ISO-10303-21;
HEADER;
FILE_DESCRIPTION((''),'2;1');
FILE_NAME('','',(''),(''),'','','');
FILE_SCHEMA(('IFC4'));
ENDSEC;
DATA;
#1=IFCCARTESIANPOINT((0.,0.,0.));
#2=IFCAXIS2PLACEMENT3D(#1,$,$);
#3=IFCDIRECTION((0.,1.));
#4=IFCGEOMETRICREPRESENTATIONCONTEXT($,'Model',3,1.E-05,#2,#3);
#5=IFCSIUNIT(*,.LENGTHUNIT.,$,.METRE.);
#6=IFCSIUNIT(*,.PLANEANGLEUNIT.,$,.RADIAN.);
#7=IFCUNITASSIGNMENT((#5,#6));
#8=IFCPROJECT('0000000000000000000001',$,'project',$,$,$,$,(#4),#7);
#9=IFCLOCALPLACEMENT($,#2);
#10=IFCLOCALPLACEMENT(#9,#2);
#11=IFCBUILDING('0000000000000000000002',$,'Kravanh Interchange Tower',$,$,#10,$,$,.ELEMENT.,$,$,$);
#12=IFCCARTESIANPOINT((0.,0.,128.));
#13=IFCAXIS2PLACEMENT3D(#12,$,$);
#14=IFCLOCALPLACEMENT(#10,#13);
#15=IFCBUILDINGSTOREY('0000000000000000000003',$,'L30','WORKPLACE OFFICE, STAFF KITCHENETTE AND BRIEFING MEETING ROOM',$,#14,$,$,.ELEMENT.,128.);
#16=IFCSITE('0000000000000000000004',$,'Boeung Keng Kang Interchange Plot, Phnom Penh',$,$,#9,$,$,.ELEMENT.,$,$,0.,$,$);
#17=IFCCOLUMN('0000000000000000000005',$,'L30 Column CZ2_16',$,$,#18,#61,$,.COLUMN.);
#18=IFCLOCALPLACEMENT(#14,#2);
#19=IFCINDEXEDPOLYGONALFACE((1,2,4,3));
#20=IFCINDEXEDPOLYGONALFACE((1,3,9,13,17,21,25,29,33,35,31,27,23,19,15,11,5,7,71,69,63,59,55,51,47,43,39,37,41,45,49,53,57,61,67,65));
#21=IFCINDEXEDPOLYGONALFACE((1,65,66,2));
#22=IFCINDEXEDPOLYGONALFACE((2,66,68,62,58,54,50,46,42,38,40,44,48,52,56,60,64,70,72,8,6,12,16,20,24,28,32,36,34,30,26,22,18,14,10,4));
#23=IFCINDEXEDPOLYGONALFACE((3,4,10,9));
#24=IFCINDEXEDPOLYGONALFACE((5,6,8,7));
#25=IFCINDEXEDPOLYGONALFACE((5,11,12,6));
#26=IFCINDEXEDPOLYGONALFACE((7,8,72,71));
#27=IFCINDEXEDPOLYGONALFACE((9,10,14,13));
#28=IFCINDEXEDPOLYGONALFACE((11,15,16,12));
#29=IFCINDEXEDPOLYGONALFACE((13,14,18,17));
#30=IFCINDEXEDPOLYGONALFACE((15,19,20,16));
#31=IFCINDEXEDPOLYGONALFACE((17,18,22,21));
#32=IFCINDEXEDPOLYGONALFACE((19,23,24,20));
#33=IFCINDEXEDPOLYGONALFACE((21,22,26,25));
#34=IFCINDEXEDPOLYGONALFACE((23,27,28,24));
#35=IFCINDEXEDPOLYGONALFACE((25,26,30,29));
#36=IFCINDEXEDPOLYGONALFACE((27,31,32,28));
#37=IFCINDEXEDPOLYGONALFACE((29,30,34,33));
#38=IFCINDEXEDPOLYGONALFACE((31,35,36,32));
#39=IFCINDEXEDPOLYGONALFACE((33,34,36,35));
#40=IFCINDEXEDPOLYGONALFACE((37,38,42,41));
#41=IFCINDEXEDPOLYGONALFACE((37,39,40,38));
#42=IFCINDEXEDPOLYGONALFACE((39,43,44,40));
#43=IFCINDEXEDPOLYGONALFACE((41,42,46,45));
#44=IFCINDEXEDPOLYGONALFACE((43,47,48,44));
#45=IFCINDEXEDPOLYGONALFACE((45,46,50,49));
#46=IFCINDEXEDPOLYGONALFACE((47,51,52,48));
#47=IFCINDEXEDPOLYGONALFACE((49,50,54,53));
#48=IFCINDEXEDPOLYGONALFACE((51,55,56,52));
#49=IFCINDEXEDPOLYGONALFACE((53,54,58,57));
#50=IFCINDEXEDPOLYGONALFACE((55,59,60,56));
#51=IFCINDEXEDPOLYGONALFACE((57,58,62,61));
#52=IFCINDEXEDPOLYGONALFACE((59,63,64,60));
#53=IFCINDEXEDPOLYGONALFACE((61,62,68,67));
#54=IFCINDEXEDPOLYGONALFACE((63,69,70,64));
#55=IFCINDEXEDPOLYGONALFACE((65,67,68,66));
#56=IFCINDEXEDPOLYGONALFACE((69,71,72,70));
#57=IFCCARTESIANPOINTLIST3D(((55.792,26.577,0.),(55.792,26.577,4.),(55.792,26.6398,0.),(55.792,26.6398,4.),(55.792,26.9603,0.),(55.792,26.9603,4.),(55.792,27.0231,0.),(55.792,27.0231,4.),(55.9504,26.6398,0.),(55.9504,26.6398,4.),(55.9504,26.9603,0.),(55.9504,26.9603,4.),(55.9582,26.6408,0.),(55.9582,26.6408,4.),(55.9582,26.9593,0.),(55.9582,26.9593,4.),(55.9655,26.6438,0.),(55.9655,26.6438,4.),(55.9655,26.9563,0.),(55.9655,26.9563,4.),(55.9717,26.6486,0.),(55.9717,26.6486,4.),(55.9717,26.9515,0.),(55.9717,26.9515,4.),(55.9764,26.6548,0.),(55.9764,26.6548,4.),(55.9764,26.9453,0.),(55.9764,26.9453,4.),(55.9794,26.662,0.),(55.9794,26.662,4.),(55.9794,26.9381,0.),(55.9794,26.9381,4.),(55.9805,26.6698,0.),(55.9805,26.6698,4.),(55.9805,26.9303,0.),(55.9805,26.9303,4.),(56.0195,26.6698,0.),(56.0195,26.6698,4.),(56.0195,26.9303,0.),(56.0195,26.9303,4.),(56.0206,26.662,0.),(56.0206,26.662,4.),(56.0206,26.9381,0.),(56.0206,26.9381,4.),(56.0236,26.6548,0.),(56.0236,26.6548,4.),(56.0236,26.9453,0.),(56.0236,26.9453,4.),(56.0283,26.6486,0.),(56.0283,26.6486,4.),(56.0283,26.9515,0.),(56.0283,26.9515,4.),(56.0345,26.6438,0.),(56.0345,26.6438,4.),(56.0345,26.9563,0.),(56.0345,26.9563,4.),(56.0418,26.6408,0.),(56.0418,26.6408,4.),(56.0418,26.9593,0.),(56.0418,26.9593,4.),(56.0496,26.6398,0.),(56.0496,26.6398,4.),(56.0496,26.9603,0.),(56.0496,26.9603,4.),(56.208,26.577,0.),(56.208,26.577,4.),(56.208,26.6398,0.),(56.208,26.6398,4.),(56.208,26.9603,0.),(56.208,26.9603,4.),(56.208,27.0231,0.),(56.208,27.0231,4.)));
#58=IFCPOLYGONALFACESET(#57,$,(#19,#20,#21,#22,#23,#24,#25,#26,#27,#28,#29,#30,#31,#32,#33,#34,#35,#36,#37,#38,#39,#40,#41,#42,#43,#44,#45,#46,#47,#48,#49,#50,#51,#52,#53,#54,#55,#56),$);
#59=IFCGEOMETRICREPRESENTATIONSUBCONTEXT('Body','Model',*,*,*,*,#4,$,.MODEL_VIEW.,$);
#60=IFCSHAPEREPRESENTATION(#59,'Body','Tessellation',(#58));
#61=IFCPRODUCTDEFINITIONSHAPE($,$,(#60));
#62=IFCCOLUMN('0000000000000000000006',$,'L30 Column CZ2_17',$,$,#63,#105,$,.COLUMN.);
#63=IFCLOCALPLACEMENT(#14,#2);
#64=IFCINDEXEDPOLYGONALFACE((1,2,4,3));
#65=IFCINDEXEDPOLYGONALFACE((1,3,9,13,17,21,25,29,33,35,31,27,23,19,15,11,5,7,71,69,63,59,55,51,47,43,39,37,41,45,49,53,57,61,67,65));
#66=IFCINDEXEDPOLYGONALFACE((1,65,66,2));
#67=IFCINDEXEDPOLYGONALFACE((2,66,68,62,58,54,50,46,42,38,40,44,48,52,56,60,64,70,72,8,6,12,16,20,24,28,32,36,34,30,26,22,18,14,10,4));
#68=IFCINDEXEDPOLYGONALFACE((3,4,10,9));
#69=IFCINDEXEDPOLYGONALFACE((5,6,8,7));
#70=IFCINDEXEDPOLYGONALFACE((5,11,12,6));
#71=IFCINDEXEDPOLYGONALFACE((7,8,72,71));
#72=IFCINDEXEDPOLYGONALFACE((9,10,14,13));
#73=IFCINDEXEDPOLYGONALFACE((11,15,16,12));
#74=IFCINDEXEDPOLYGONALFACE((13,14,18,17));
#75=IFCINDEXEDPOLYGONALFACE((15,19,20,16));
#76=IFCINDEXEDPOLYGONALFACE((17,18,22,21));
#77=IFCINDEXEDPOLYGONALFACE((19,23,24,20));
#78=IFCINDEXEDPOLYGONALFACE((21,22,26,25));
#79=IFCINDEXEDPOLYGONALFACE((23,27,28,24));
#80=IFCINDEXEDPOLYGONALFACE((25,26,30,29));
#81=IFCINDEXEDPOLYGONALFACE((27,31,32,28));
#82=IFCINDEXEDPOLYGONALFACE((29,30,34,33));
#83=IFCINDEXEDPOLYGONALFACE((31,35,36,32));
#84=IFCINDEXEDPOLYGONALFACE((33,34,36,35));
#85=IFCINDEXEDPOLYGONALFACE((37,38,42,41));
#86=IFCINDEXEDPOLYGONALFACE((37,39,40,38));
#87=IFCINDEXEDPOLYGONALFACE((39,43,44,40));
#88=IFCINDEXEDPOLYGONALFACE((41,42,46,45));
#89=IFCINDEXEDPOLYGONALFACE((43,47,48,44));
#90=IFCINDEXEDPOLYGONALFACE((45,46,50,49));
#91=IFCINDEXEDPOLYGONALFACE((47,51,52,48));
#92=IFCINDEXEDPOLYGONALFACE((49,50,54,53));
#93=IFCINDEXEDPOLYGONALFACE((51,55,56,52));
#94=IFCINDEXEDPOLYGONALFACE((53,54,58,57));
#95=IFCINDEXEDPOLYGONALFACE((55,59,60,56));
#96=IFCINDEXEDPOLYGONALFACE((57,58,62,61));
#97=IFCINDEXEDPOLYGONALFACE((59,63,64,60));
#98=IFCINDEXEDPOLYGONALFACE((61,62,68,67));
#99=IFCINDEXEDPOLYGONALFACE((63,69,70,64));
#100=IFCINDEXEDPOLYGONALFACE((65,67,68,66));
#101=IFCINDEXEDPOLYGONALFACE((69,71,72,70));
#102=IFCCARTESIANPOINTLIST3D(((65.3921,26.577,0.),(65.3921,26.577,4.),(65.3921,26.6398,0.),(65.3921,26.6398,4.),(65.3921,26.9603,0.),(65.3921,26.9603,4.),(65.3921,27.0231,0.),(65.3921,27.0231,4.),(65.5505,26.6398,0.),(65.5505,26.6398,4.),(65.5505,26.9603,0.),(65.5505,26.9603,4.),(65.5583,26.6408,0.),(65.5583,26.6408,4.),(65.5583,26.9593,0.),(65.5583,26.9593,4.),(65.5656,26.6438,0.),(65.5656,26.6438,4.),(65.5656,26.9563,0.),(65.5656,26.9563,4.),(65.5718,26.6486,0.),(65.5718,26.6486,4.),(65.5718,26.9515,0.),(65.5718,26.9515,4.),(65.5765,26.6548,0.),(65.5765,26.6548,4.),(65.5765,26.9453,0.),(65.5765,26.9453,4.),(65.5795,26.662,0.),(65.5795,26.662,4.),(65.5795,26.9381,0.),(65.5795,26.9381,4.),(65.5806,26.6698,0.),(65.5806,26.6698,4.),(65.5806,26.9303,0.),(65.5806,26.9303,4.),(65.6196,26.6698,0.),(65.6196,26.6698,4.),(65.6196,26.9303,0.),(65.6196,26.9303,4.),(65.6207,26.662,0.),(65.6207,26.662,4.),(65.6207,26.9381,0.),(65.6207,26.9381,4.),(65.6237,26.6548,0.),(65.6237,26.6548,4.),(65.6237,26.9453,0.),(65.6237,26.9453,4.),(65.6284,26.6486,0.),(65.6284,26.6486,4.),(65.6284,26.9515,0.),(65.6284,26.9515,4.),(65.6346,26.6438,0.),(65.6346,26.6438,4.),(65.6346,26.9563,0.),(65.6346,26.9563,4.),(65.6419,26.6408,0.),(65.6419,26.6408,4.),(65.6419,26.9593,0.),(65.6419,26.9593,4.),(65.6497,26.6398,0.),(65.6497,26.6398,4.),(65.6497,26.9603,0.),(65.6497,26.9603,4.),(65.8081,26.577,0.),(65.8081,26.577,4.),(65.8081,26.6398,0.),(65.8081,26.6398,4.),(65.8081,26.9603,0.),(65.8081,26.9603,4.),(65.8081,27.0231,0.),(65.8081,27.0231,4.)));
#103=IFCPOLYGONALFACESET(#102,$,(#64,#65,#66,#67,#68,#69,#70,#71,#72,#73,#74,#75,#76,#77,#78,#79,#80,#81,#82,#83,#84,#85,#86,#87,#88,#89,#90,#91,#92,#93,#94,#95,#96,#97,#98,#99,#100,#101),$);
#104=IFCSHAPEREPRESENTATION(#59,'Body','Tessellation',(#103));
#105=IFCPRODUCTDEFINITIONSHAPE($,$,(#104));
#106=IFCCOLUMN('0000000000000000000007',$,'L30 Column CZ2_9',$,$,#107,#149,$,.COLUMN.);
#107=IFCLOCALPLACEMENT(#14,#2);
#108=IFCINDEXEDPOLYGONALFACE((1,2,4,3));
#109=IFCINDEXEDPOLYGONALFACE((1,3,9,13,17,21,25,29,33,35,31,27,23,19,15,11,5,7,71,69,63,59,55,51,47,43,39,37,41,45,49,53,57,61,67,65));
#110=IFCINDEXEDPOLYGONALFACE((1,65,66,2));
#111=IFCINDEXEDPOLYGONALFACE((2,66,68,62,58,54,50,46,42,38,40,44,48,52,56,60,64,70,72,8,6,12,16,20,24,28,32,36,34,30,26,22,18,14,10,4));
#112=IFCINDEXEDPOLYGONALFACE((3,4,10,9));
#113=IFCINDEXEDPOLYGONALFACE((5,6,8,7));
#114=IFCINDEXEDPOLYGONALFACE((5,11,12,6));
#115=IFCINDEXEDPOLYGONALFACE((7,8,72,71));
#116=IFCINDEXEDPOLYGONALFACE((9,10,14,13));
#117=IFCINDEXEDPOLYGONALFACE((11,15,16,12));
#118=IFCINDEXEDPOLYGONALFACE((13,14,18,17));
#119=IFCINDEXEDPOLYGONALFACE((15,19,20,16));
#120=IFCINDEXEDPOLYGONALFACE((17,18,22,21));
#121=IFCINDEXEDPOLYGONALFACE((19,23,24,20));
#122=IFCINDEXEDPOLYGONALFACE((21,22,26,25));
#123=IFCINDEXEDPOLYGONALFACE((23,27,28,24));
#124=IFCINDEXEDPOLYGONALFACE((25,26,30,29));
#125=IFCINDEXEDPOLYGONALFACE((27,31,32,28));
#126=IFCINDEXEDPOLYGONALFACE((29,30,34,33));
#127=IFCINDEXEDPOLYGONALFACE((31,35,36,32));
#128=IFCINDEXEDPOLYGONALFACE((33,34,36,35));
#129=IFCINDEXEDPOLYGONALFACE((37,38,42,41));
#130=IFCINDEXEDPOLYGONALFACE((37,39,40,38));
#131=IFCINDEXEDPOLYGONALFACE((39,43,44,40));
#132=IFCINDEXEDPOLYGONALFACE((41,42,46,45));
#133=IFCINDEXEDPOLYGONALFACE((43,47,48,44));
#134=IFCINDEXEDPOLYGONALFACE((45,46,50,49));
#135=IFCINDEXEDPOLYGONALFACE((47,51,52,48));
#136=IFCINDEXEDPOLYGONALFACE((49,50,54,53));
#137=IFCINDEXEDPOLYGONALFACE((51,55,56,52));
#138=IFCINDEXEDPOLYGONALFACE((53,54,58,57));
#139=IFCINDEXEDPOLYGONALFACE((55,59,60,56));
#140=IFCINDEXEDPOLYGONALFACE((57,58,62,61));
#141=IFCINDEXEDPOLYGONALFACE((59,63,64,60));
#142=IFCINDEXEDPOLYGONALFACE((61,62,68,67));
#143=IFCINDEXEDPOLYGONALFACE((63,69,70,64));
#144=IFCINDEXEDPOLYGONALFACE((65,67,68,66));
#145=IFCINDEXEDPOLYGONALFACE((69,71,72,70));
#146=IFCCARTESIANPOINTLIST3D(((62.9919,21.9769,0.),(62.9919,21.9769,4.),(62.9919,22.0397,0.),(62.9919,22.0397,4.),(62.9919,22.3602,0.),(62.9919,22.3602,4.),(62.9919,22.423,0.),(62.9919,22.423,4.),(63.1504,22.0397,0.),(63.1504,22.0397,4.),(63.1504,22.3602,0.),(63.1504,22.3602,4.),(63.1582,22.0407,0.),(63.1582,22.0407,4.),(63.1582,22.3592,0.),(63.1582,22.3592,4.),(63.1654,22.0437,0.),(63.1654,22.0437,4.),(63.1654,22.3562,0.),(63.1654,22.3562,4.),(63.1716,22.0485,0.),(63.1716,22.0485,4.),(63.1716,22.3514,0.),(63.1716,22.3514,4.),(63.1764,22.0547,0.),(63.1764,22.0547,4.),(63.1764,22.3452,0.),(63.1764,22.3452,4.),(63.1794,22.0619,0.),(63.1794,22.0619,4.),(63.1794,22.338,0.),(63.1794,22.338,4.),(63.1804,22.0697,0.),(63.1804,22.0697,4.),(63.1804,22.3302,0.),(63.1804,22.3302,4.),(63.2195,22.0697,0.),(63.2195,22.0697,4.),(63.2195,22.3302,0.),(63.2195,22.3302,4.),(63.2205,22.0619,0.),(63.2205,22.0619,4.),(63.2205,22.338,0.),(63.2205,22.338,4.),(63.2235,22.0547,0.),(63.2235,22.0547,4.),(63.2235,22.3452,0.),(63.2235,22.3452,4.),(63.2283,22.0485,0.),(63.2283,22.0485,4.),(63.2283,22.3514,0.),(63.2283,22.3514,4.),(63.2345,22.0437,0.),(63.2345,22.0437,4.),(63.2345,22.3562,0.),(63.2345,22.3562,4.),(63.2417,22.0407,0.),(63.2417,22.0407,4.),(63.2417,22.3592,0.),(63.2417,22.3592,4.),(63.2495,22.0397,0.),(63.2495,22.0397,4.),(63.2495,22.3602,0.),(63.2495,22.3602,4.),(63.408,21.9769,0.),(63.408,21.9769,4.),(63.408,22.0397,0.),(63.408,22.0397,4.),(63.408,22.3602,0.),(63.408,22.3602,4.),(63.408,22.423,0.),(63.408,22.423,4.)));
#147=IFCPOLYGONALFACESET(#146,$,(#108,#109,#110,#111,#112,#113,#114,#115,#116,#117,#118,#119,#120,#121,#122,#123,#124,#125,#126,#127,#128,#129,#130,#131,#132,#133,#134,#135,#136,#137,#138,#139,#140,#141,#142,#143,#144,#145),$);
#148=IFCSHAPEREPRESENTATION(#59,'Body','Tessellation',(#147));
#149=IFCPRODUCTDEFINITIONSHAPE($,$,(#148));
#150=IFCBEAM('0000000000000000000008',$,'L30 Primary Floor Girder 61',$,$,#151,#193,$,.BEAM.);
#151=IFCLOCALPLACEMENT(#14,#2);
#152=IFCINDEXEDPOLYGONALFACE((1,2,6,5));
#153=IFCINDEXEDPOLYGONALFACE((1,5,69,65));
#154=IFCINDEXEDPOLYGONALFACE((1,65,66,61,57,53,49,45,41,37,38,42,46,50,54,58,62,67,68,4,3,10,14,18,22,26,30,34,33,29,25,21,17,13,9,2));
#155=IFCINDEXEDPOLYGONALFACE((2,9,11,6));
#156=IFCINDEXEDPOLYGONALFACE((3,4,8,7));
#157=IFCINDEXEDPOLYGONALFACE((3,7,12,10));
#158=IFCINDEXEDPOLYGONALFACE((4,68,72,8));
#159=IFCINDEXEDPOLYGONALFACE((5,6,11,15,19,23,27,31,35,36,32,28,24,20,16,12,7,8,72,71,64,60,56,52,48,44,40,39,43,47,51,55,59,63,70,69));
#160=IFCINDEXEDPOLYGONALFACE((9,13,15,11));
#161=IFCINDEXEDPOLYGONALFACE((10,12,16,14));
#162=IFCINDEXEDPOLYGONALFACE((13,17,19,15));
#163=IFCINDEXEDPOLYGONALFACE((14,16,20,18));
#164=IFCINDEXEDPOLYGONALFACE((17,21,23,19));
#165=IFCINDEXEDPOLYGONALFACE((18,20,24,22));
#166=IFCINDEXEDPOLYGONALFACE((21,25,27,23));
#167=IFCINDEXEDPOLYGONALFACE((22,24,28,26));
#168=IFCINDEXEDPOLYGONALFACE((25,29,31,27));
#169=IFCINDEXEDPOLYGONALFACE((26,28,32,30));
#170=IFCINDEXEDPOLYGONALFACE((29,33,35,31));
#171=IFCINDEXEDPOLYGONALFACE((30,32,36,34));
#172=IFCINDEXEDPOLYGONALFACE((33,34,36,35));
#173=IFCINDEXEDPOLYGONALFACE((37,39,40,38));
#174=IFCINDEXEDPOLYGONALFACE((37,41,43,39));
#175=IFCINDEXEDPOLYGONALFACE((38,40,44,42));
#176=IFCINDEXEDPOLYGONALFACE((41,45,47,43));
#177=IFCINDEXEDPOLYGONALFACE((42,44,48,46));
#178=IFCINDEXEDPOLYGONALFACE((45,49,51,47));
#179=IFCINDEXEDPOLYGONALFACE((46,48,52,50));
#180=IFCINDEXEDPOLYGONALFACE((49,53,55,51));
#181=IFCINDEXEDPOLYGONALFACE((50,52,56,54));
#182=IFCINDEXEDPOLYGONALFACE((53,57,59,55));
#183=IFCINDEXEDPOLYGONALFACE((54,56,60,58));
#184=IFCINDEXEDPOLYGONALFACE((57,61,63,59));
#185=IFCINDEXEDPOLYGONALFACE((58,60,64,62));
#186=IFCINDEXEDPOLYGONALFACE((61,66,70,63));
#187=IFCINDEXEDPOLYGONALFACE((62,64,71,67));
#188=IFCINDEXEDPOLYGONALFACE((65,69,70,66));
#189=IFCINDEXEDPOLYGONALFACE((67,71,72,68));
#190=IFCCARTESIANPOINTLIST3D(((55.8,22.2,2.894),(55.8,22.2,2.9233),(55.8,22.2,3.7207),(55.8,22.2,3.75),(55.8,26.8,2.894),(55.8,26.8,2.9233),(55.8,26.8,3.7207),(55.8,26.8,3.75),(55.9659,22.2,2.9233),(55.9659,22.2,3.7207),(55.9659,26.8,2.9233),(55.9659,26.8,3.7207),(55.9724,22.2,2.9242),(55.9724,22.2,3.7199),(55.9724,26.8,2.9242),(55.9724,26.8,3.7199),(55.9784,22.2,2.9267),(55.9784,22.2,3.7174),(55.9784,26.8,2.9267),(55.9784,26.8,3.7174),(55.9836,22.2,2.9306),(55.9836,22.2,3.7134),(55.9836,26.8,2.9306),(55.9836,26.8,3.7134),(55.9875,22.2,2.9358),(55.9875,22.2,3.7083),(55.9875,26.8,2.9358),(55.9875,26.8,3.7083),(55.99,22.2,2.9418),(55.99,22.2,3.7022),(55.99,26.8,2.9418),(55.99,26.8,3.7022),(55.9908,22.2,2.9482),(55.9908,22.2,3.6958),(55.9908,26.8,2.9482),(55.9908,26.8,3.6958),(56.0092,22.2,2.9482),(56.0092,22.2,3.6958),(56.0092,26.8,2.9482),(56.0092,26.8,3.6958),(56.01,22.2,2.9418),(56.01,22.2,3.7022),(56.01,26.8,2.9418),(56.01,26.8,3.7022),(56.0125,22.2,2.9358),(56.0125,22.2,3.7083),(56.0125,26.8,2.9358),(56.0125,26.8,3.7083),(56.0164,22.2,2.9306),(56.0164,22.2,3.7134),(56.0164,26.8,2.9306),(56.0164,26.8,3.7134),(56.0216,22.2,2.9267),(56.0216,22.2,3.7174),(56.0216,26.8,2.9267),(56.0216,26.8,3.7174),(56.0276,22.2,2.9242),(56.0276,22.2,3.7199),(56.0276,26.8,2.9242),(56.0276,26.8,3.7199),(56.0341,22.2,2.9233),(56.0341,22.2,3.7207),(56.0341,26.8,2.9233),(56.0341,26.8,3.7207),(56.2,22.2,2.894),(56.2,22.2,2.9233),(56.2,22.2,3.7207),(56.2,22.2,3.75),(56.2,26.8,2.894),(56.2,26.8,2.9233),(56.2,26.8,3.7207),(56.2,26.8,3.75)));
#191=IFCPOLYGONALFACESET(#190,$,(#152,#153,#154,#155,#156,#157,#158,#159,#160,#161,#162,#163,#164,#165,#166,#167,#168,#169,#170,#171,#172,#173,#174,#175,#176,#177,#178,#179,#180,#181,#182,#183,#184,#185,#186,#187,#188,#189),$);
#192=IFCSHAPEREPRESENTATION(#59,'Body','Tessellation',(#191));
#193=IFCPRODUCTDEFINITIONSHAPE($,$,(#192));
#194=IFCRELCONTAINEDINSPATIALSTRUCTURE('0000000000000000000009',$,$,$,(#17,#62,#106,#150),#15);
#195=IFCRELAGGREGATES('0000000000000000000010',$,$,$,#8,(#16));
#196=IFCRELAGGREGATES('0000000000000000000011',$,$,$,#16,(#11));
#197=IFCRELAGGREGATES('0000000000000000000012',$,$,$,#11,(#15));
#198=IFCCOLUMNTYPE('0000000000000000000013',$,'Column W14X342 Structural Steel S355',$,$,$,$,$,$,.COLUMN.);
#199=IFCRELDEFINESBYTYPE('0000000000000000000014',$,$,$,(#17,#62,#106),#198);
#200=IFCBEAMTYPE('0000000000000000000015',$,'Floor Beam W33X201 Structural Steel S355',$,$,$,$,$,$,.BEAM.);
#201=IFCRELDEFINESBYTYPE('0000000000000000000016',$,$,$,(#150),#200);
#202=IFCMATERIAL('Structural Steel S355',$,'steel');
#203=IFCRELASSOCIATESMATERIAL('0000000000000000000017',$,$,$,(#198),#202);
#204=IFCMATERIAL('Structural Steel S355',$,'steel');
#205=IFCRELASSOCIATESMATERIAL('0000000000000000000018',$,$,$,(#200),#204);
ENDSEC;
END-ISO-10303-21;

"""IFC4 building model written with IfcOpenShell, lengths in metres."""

from ifc_helpers import new_model, si_unit, direction, frame, origin, origin_2d, place, context, subcontext, project, spatial, i_section, extrude, material, material_profile, profile_set, type_object, element, save


model = new_model("IFC4")

# Units and contexts
model_context = context("Model", 3, precision=1e-05, world=origin(), true_north=direction((0.0, 1.0)))
body_context = subcontext(model_context, "Body", "Model", "MODEL_VIEW")
ifc_project = project(units=[si_unit("LENGTHUNIT", "METRE"), si_unit("PLANEANGLEUNIT", "RADIAN")], contexts=[model_context])

# Site, building, storey
site_placement = place(None, origin())
site = spatial("IfcSite", under=ifc_project, at=site_placement, Name="Boeung Keng Kang Interchange Plot, Phnom Penh", CompositionType="ELEMENT", RefElevation=0.0)
building_placement = place(site_placement, origin())
building = spatial("IfcBuilding", under=site, at=building_placement, Name="Kravanh Interchange Tower", CompositionType="ELEMENT")
storey_placement = place(building_placement, frame((0.0, 0.0, 128.0)))
storey = spatial("IfcBuildingStorey", under=building, at=storey_placement, Name="L30", Description="WORKPLACE OFFICE, STAFF KITCHENETTE AND BRIEFING MEETING ROOM", CompositionType="ELEMENT", Elevation=128.0)

# Columns
ifc_material_1 = material(Name="Structural Steel S355", Category="steel")
ifc_material_profile_1 = material_profile(ifc_material_1, i_section(OverallWidth=0.416, OverallDepth=0.446, WebThickness=0.0391, FlangeThickness=0.0627, FilletRadius=0.03, at=origin_2d()), Name="W14X342")
ifc_profile_set_1 = profile_set([ifc_material_profile_1], Name="Structural Steel S355")
column_type = type_object("IfcColumnType", Name="Column W14X342 Structural Steel S355", PredefinedType="COLUMN", material=ifc_profile_set_1)
for number, where, z_axis, x_axis, name in (
    (1, (56.0, 26.8, 0.0), (0.0, 0.0, 1.0), (1.0, 0.0, 0.0), "L30 Column CZ2_16"),
    (2, (65.6001, 26.8, 0.0), (0.0, 0.0, 1.0), (1.0, 0.0, 0.0), "L30 Column CZ2_17"),
    (3, (63.2, 22.2, 0.0), (0.0, 0.0, 1.0), (1.0, 0.0, 0.0), "L30 Column CZ2_9"),
):
    element("IfcColumn", number, at=place(storey_placement, frame(where, z_axis=z_axis, x_axis=x_axis)), inside=storey, type_object=column_type, Name=name, PredefinedType="COLUMN", context=body_context, shape_type="SweptSolid", body=[
        extrude(i_section(OverallWidth=0.416, OverallDepth=0.446, WebThickness=0.0391, FlangeThickness=0.0627, FilletRadius=0.03, at=origin_2d()), origin(), (0.0, 0.0, 1.0), 4.0),
    ])

# Beam
ifc_material_2 = material(Name="Structural Steel S355", Category="steel")
ifc_material_profile_2 = material_profile(ifc_material_2, i_section(OverallWidth=0.3999, OverallDepth=0.856, WebThickness=0.0183, FlangeThickness=0.0293, FilletRadius=0.0249, at=origin_2d()), Name="W33X201")
ifc_profile_set_2 = profile_set([ifc_material_profile_2], Name="Structural Steel S355")
beam_type_1 = type_object("IfcBeamType", Name="Floor Beam W33X201 Structural Steel S355", PredefinedType="BEAM", material=ifc_profile_set_2)
beam_1_placement = place(storey_placement, frame((56.0, 26.8, 3.322), z_axis=(0.0, -1.0, 0.0), x_axis=(1.0, 0.0, 0.0)))
element("IfcBeam", 4, at=beam_1_placement, inside=storey, type_object=beam_type_1, Name="L30 Primary Floor Girder 61", PredefinedType="BEAM", context=body_context, shape_type="SweptSolid", body=[
    extrude(i_section(OverallWidth=0.3999, OverallDepth=0.856, WebThickness=0.0183, FlangeThickness=0.0293, FilletRadius=0.0249, at=origin_2d()), origin(), (0.0, 0.0, 1.0), 4.6001),
])

save(model, "model.ifc")
